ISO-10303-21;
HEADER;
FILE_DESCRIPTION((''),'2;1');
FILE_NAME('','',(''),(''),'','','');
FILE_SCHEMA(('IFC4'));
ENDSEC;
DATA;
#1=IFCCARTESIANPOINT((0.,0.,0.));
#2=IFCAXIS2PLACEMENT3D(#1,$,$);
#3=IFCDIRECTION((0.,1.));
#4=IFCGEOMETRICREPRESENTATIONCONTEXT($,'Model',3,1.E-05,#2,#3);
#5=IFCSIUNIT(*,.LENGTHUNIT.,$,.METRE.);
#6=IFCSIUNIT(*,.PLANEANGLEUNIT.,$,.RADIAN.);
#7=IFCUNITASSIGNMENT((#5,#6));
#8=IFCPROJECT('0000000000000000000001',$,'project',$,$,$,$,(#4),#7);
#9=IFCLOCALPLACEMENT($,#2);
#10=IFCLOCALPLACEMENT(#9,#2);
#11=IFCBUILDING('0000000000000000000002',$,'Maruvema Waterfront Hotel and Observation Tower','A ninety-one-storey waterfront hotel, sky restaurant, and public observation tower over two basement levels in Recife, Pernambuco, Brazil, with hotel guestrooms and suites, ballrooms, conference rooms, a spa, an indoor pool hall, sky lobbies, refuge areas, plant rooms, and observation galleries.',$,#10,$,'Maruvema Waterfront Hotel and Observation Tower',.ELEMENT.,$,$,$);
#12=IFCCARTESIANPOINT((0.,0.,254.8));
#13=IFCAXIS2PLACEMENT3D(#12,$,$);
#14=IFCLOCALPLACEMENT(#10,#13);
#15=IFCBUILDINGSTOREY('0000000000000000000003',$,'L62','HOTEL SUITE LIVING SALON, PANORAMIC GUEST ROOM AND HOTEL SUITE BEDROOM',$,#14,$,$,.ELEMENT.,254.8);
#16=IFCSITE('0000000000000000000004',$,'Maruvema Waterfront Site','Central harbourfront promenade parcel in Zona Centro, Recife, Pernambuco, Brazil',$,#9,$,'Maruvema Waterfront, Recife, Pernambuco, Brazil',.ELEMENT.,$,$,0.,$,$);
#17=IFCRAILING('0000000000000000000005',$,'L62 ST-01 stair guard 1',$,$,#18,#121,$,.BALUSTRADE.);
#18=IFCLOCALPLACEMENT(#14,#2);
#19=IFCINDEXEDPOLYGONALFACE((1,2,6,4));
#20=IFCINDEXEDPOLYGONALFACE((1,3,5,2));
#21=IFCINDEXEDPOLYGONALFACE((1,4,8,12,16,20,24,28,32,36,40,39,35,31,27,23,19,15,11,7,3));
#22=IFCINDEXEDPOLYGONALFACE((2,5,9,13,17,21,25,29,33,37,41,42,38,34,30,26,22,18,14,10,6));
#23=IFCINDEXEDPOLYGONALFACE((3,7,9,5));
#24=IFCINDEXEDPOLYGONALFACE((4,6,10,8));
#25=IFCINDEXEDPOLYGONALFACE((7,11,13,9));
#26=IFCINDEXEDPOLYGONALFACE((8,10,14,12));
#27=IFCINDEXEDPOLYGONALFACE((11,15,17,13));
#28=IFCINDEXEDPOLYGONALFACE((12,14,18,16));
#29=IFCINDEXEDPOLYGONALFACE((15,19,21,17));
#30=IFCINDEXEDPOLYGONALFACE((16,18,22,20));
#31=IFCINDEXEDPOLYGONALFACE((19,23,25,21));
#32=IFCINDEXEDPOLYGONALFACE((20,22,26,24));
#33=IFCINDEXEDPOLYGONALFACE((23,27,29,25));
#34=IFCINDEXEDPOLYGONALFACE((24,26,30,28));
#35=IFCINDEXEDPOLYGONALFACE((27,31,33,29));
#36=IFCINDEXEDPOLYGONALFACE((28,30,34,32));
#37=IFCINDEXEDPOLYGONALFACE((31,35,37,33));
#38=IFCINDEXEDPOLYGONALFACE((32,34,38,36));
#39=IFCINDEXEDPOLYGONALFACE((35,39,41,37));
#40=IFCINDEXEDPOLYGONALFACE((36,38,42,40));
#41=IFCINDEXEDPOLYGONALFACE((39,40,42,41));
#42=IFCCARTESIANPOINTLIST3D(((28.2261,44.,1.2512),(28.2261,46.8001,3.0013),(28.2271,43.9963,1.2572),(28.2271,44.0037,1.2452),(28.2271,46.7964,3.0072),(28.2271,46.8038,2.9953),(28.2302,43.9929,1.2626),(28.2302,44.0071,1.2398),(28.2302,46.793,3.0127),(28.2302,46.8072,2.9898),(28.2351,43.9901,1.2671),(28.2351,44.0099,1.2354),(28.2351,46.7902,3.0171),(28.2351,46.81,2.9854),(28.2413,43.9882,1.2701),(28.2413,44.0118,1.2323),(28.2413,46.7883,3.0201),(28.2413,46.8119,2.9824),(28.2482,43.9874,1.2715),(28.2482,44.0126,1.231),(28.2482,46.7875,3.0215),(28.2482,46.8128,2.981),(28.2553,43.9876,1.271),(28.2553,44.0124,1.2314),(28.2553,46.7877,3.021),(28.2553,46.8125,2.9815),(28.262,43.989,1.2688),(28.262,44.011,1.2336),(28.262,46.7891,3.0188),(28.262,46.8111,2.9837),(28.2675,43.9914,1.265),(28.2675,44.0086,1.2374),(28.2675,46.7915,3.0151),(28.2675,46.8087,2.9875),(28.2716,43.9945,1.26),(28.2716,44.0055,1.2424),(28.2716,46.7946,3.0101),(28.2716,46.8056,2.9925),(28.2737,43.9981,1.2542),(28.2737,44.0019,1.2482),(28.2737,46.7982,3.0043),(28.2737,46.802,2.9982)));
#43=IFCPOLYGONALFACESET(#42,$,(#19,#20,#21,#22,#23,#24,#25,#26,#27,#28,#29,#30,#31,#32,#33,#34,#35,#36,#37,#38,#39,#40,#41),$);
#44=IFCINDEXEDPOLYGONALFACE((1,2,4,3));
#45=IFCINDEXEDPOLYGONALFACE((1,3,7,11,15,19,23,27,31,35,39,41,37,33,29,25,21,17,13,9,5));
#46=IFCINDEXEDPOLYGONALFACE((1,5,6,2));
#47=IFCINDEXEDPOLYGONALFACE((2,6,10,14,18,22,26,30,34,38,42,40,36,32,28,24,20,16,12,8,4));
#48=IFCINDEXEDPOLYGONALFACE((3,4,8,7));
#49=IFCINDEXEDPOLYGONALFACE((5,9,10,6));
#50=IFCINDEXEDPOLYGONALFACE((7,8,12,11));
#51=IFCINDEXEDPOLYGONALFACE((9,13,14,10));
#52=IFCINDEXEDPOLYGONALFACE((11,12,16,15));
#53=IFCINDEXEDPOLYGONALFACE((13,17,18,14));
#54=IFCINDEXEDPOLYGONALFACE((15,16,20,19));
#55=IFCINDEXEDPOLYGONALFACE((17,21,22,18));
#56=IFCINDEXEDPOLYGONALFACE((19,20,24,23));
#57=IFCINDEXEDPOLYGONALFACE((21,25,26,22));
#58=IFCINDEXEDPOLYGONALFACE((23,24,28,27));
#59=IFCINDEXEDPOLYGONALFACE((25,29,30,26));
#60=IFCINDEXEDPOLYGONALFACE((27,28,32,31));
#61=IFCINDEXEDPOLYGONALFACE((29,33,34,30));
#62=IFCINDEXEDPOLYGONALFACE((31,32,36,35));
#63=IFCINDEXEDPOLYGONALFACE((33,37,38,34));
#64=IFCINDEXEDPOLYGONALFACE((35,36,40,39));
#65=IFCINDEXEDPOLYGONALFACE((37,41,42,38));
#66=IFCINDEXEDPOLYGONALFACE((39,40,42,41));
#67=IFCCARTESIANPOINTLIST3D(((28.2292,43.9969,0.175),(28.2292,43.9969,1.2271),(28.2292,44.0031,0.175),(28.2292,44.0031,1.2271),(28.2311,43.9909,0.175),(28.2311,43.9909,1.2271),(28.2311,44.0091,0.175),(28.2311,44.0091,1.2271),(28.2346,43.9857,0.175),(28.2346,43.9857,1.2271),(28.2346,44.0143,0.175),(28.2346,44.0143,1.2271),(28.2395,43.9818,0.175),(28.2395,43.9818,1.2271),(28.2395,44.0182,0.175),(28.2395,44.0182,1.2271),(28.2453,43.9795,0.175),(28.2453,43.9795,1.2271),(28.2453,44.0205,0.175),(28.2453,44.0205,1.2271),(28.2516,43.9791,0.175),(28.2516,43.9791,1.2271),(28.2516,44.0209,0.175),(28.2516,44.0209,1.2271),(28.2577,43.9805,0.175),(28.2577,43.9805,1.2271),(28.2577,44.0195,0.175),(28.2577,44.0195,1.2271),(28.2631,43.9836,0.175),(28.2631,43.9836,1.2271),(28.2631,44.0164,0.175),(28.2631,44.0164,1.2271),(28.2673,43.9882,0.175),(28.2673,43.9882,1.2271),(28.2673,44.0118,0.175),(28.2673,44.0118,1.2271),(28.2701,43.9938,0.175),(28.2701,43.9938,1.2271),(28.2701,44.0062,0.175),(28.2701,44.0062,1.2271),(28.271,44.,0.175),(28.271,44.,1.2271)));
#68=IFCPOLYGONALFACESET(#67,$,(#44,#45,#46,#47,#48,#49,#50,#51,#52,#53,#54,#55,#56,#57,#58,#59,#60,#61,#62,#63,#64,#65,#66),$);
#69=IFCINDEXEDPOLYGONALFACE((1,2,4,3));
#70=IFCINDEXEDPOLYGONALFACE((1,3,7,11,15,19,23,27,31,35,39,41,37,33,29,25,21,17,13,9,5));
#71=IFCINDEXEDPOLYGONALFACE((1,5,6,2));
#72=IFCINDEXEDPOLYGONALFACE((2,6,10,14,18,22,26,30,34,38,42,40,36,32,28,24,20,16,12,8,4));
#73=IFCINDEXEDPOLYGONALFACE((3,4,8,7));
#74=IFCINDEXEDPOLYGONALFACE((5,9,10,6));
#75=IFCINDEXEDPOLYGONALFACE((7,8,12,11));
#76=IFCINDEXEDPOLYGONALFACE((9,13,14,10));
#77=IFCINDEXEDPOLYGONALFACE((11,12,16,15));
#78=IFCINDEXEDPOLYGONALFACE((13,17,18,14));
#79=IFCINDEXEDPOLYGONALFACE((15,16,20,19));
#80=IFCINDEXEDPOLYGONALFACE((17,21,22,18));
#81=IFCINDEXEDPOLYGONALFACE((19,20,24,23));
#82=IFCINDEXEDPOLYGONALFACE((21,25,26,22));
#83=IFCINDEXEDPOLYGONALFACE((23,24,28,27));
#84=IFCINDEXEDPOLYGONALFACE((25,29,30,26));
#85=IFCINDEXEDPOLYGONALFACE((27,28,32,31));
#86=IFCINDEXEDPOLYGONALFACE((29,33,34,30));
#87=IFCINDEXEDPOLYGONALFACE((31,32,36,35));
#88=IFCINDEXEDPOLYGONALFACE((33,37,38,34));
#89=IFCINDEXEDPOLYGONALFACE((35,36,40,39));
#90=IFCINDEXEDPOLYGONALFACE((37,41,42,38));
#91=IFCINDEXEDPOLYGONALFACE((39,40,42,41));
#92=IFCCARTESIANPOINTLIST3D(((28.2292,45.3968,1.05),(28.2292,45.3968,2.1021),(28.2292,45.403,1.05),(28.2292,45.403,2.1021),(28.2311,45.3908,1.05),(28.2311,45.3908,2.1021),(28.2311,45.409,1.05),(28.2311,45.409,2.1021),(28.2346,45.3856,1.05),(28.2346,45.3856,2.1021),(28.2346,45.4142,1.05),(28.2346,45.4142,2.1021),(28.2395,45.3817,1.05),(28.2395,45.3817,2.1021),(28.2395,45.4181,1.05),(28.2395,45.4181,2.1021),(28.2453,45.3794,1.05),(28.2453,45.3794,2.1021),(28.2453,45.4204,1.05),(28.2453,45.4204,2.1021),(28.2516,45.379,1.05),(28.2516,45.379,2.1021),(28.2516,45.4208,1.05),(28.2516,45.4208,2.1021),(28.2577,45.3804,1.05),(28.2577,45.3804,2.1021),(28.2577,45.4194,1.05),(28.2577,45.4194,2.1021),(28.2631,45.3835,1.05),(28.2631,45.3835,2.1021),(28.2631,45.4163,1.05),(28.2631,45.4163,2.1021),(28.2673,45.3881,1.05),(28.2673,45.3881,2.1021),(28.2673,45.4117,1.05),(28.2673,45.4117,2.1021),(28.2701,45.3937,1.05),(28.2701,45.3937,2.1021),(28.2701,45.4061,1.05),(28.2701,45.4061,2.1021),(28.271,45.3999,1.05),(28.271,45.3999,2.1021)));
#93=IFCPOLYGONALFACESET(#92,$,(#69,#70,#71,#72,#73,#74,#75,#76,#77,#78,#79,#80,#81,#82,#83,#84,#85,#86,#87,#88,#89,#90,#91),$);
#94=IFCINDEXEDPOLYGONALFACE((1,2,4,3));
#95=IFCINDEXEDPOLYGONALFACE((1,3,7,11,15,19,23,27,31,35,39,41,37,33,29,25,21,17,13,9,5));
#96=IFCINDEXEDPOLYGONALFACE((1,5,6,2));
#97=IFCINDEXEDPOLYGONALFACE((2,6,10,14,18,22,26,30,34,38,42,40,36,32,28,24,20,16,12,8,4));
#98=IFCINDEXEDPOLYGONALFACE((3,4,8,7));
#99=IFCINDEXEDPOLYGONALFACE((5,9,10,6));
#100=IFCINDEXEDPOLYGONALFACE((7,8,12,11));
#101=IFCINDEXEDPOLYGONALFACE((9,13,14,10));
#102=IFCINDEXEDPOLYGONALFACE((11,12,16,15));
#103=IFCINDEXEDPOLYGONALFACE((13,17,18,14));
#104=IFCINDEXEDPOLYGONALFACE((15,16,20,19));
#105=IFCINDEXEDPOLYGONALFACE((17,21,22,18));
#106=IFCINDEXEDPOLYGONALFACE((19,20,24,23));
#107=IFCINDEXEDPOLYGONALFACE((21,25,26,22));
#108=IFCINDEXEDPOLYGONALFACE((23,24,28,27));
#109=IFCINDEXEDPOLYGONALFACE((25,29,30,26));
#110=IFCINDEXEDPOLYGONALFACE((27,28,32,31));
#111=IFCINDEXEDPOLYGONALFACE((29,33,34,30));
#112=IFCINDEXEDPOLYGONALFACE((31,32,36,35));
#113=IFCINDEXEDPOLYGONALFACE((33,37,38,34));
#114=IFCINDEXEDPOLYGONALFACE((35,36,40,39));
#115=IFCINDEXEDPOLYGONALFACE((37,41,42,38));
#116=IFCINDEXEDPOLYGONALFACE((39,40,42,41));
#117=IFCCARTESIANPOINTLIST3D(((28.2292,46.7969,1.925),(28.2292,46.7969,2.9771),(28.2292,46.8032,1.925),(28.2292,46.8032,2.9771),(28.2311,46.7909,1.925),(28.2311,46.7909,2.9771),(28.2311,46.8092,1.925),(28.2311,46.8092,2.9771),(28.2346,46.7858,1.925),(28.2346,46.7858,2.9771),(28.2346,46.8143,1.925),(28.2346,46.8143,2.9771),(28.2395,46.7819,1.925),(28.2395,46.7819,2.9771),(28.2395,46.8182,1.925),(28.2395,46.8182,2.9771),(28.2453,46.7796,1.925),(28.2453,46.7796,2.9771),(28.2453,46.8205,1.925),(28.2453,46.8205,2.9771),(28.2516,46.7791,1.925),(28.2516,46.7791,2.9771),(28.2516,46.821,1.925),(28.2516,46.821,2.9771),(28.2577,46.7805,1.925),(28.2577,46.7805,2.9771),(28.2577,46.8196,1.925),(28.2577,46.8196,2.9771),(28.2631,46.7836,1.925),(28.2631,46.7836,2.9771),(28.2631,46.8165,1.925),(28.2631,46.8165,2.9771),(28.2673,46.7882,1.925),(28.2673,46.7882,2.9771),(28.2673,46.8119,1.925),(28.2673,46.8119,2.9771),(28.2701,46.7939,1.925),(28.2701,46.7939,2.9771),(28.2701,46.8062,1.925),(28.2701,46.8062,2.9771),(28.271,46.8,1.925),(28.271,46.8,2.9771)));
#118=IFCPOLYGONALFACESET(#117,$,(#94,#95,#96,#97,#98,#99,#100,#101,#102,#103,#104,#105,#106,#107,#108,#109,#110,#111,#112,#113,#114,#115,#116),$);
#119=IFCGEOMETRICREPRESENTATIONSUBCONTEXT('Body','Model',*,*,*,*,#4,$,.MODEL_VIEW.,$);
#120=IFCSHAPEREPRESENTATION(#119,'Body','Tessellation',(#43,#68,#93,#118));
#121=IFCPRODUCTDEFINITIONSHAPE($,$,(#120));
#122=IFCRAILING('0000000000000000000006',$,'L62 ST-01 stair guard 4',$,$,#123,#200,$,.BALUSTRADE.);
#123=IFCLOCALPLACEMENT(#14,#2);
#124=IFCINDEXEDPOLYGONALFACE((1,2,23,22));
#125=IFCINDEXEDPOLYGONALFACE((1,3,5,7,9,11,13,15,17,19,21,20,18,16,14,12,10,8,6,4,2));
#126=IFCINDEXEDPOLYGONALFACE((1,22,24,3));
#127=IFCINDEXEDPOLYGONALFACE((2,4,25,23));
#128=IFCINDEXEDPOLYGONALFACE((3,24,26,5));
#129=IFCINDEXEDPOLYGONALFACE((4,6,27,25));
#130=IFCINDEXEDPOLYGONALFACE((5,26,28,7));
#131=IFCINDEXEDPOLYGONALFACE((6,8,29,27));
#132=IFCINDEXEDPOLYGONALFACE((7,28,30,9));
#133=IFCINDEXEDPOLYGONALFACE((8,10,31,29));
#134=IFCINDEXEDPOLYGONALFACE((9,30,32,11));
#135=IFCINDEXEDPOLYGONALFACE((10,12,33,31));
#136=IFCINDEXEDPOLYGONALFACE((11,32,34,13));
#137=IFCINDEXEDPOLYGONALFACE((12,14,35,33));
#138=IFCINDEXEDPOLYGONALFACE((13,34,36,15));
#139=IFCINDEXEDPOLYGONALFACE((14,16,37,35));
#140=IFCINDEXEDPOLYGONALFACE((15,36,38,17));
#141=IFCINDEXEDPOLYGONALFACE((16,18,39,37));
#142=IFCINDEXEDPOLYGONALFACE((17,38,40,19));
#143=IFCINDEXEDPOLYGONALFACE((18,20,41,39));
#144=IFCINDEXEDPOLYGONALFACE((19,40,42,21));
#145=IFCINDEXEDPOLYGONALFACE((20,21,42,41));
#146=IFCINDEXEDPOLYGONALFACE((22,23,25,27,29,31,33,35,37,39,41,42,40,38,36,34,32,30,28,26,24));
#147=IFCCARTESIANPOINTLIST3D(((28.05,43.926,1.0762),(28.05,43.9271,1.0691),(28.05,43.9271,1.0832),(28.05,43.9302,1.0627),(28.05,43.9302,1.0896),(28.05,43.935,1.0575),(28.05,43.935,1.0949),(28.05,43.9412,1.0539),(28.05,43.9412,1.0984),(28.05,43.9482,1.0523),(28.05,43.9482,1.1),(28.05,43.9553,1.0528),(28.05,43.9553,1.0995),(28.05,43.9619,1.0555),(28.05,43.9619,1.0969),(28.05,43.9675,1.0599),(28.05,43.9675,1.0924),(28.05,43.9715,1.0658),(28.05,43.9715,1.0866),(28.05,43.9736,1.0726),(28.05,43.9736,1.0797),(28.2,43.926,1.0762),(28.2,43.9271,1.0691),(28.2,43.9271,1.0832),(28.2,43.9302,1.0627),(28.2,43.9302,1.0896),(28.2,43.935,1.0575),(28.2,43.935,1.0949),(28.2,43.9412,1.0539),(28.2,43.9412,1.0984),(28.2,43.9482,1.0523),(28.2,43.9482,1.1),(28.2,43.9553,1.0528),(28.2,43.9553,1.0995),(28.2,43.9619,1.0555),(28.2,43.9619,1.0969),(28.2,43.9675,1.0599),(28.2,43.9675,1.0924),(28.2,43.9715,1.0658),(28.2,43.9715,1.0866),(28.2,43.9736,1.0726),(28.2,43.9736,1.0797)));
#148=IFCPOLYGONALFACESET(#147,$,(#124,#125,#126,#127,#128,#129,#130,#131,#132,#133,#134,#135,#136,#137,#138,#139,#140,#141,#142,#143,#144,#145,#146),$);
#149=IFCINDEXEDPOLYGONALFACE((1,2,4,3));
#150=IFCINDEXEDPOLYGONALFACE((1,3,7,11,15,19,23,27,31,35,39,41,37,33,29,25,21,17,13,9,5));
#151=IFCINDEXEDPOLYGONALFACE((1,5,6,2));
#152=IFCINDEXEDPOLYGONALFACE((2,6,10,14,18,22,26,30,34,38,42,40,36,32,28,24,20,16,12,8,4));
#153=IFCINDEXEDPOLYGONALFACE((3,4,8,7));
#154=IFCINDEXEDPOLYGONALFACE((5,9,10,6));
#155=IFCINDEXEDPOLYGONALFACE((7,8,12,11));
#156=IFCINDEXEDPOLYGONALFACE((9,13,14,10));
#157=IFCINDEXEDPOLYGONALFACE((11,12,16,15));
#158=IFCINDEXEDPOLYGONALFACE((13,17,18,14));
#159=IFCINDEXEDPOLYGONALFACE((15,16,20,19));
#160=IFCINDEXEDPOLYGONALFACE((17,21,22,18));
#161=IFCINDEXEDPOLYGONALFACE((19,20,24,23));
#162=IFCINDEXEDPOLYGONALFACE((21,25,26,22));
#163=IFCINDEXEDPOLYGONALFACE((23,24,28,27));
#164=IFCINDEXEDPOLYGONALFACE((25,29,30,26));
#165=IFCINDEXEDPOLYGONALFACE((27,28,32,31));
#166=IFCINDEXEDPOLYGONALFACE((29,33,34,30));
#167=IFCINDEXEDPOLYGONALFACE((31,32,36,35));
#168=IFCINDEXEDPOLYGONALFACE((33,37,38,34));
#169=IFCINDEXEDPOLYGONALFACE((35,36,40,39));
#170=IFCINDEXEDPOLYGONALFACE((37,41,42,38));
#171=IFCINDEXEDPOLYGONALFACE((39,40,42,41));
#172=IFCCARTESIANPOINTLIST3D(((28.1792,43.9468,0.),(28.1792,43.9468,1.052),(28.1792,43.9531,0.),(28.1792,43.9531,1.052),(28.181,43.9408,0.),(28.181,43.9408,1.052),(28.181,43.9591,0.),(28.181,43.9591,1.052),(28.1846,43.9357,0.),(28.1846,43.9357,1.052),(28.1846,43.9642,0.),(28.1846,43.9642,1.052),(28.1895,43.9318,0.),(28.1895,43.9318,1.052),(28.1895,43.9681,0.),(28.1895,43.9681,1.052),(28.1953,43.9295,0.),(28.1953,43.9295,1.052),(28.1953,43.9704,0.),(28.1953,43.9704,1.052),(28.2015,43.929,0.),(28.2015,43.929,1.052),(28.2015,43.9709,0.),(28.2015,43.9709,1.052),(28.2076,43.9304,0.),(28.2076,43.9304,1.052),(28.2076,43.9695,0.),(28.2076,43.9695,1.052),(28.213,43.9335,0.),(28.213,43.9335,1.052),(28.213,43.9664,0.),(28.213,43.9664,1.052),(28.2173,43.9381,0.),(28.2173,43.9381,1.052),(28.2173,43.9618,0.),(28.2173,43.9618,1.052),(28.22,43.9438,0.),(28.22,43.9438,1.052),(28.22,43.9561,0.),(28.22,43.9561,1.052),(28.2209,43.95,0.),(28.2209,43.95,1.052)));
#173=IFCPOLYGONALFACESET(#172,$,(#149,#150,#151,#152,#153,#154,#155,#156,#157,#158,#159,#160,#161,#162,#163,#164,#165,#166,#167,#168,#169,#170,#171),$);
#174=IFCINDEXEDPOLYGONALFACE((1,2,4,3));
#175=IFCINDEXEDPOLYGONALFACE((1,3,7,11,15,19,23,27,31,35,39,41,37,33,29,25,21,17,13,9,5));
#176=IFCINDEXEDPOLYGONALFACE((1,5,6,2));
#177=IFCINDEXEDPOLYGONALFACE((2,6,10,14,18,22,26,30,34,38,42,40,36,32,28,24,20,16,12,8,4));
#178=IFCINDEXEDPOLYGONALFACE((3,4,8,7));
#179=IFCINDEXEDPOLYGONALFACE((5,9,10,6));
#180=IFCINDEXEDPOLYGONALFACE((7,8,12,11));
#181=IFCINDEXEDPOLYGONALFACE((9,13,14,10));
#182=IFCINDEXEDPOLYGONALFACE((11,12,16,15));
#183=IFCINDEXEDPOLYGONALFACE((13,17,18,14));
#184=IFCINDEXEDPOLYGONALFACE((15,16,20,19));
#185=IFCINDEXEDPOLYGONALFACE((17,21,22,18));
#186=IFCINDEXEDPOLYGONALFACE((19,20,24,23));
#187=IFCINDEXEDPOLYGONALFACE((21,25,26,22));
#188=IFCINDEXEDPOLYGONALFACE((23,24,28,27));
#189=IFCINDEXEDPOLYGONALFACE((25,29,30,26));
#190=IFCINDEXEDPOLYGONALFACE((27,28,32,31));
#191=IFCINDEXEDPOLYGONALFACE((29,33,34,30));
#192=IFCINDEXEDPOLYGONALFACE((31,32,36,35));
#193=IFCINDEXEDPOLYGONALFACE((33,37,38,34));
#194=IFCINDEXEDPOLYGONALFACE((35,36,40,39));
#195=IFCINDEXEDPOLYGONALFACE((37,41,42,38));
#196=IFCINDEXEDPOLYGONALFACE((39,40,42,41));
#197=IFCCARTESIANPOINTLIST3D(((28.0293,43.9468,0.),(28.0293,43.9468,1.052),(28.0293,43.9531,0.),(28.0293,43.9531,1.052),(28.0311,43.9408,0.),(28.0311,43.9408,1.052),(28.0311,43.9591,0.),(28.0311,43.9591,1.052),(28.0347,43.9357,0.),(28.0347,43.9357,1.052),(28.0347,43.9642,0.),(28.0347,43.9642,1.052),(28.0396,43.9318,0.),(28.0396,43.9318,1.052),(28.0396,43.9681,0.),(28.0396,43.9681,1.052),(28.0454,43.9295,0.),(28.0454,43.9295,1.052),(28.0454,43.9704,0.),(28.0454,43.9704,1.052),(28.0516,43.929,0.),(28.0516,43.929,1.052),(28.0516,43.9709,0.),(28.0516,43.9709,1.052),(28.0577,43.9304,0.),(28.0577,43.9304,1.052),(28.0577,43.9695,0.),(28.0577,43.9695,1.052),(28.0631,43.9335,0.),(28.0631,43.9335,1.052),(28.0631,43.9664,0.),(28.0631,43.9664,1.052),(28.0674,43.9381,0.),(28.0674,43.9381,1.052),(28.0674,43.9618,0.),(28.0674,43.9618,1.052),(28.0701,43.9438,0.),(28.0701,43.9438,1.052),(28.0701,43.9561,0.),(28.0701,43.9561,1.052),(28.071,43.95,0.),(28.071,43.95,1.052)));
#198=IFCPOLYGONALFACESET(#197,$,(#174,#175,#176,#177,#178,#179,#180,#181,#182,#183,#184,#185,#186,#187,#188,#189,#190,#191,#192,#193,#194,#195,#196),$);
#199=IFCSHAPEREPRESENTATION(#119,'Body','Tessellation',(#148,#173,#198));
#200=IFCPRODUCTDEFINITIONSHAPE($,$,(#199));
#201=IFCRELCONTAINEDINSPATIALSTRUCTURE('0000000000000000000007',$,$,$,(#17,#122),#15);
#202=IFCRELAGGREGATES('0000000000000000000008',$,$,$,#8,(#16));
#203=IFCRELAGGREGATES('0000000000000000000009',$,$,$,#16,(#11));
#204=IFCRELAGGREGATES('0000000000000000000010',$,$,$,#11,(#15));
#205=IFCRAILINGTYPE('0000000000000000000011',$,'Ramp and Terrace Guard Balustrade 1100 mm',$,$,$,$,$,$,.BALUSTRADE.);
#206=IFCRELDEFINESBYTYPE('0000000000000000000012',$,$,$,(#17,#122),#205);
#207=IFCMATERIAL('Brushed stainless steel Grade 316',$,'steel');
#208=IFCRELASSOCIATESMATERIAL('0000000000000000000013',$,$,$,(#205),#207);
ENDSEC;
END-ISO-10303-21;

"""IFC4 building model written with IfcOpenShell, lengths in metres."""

from ifc_helpers import new_model, si_unit, direction, frame, origin, origin_2d, place, context, subcontext, project, spatial, circle, extrude, material, type_object, element, save


model = new_model("IFC4")

# Units and contexts
model_context = context("Model", 3, precision=1e-05, world=origin(), true_north=direction((0.0, 1.0)))
body_context = subcontext(model_context, "Body", "Model", "MODEL_VIEW")
ifc_project = project(units=[si_unit("LENGTHUNIT", "METRE"), si_unit("PLANEANGLEUNIT", "RADIAN")], contexts=[model_context])

# Site, building, storey
site_placement = place(None, origin())
site = spatial("IfcSite", under=ifc_project, at=site_placement, Name="Maruvema Waterfront Site", Description="Central harbourfront promenade parcel in Zona Centro, Recife, Pernambuco, Brazil", LongName="Maruvema Waterfront, Recife, Pernambuco, Brazil", CompositionType="ELEMENT", RefElevation=0.0)
building_placement = place(site_placement, origin())
building = spatial("IfcBuilding", under=site, at=building_placement, Name="Maruvema Waterfront Hotel and Observation Tower", Description="A ninety-one-storey waterfront hotel, sky restaurant, and public observation tower over two basement levels in Recife, Pernambuco, Brazil, with hotel guestrooms and suites, ballrooms, conference rooms, a spa, an indoor pool hall, sky lobbies, refuge areas, plant rooms, and observation galleries.", LongName="Maruvema Waterfront Hotel and Observation Tower", CompositionType="ELEMENT")
storey_placement = place(building_placement, frame((0.0, 0.0, 254.8)))
storey = spatial("IfcBuildingStorey", under=building, at=storey_placement, Name="L62", Description="HOTEL SUITE LIVING SALON, PANORAMIC GUEST ROOM AND HOTEL SUITE BEDROOM", CompositionType="ELEMENT", Elevation=254.8)

# Railings
ifc_material_1 = material(Name="Brushed stainless steel Grade 316", Category="steel")
railing_type_1 = type_object("IfcRailingType", Name="Ramp and Terrace Guard Balustrade 1100 mm", PredefinedType="BALUSTRADE", material=ifc_material_1)
railing_1_placement = place(storey_placement, frame((28.25, 44.0, 0.175)))
element("IfcRailing", 1, at=railing_1_placement, inside=storey, type_object=railing_type_1, Name="L62 ST-01 stair guard 1", PredefinedType="BALUSTRADE", context=body_context, shape_type="SweptSolid", body=[
    extrude(circle(Radius=0.0239, at=origin_2d()), frame((0.0, 0.0, 1.0762), z_axis=(0.0, 0.848002, 0.529992), x_axis=(-1.0, 0.0, 0.0)), (0.0, 0.0, 1.0), 3.302),
    extrude(circle(Radius=0.021, at=origin_2d()), origin(), (0.0, 0.0, 1.0), 1.052),
    extrude(circle(Radius=0.021, at=origin_2d()), frame((0.0, 1.3999, 0.875)), (0.0, 0.0, 1.0), 1.052),
    extrude(circle(Radius=0.021, at=origin_2d()), frame((0.0, 2.8, 1.75)), (0.0, 0.0, 1.0), 1.052),
])
railing_2_placement = place(storey_placement, frame((28.2, 43.95, 0.0)))
element("IfcRailing", 2, at=railing_2_placement, inside=storey, type_object=railing_type_1, Name="L62 ST-01 stair guard 4", PredefinedType="BALUSTRADE", context=body_context, shape_type="SweptSolid", body=[
    extrude(circle(Radius=0.0239, at=origin_2d()), frame((0.0, 0.0, 1.0762), z_axis=(-1.0, 0.0, 0.0), x_axis=(0.0, -1.0, 0.0)), (0.0, 0.0, 1.0), 0.1499),
    extrude(circle(Radius=0.021, at=origin_2d()), origin(), (0.0, 0.0, 1.0), 1.052),
    extrude(circle(Radius=0.021, at=origin_2d()), frame((-0.1499, 0.0, 0.0)), (0.0, 0.0, 1.0), 1.052),
])

save(model, "model.ifc")
